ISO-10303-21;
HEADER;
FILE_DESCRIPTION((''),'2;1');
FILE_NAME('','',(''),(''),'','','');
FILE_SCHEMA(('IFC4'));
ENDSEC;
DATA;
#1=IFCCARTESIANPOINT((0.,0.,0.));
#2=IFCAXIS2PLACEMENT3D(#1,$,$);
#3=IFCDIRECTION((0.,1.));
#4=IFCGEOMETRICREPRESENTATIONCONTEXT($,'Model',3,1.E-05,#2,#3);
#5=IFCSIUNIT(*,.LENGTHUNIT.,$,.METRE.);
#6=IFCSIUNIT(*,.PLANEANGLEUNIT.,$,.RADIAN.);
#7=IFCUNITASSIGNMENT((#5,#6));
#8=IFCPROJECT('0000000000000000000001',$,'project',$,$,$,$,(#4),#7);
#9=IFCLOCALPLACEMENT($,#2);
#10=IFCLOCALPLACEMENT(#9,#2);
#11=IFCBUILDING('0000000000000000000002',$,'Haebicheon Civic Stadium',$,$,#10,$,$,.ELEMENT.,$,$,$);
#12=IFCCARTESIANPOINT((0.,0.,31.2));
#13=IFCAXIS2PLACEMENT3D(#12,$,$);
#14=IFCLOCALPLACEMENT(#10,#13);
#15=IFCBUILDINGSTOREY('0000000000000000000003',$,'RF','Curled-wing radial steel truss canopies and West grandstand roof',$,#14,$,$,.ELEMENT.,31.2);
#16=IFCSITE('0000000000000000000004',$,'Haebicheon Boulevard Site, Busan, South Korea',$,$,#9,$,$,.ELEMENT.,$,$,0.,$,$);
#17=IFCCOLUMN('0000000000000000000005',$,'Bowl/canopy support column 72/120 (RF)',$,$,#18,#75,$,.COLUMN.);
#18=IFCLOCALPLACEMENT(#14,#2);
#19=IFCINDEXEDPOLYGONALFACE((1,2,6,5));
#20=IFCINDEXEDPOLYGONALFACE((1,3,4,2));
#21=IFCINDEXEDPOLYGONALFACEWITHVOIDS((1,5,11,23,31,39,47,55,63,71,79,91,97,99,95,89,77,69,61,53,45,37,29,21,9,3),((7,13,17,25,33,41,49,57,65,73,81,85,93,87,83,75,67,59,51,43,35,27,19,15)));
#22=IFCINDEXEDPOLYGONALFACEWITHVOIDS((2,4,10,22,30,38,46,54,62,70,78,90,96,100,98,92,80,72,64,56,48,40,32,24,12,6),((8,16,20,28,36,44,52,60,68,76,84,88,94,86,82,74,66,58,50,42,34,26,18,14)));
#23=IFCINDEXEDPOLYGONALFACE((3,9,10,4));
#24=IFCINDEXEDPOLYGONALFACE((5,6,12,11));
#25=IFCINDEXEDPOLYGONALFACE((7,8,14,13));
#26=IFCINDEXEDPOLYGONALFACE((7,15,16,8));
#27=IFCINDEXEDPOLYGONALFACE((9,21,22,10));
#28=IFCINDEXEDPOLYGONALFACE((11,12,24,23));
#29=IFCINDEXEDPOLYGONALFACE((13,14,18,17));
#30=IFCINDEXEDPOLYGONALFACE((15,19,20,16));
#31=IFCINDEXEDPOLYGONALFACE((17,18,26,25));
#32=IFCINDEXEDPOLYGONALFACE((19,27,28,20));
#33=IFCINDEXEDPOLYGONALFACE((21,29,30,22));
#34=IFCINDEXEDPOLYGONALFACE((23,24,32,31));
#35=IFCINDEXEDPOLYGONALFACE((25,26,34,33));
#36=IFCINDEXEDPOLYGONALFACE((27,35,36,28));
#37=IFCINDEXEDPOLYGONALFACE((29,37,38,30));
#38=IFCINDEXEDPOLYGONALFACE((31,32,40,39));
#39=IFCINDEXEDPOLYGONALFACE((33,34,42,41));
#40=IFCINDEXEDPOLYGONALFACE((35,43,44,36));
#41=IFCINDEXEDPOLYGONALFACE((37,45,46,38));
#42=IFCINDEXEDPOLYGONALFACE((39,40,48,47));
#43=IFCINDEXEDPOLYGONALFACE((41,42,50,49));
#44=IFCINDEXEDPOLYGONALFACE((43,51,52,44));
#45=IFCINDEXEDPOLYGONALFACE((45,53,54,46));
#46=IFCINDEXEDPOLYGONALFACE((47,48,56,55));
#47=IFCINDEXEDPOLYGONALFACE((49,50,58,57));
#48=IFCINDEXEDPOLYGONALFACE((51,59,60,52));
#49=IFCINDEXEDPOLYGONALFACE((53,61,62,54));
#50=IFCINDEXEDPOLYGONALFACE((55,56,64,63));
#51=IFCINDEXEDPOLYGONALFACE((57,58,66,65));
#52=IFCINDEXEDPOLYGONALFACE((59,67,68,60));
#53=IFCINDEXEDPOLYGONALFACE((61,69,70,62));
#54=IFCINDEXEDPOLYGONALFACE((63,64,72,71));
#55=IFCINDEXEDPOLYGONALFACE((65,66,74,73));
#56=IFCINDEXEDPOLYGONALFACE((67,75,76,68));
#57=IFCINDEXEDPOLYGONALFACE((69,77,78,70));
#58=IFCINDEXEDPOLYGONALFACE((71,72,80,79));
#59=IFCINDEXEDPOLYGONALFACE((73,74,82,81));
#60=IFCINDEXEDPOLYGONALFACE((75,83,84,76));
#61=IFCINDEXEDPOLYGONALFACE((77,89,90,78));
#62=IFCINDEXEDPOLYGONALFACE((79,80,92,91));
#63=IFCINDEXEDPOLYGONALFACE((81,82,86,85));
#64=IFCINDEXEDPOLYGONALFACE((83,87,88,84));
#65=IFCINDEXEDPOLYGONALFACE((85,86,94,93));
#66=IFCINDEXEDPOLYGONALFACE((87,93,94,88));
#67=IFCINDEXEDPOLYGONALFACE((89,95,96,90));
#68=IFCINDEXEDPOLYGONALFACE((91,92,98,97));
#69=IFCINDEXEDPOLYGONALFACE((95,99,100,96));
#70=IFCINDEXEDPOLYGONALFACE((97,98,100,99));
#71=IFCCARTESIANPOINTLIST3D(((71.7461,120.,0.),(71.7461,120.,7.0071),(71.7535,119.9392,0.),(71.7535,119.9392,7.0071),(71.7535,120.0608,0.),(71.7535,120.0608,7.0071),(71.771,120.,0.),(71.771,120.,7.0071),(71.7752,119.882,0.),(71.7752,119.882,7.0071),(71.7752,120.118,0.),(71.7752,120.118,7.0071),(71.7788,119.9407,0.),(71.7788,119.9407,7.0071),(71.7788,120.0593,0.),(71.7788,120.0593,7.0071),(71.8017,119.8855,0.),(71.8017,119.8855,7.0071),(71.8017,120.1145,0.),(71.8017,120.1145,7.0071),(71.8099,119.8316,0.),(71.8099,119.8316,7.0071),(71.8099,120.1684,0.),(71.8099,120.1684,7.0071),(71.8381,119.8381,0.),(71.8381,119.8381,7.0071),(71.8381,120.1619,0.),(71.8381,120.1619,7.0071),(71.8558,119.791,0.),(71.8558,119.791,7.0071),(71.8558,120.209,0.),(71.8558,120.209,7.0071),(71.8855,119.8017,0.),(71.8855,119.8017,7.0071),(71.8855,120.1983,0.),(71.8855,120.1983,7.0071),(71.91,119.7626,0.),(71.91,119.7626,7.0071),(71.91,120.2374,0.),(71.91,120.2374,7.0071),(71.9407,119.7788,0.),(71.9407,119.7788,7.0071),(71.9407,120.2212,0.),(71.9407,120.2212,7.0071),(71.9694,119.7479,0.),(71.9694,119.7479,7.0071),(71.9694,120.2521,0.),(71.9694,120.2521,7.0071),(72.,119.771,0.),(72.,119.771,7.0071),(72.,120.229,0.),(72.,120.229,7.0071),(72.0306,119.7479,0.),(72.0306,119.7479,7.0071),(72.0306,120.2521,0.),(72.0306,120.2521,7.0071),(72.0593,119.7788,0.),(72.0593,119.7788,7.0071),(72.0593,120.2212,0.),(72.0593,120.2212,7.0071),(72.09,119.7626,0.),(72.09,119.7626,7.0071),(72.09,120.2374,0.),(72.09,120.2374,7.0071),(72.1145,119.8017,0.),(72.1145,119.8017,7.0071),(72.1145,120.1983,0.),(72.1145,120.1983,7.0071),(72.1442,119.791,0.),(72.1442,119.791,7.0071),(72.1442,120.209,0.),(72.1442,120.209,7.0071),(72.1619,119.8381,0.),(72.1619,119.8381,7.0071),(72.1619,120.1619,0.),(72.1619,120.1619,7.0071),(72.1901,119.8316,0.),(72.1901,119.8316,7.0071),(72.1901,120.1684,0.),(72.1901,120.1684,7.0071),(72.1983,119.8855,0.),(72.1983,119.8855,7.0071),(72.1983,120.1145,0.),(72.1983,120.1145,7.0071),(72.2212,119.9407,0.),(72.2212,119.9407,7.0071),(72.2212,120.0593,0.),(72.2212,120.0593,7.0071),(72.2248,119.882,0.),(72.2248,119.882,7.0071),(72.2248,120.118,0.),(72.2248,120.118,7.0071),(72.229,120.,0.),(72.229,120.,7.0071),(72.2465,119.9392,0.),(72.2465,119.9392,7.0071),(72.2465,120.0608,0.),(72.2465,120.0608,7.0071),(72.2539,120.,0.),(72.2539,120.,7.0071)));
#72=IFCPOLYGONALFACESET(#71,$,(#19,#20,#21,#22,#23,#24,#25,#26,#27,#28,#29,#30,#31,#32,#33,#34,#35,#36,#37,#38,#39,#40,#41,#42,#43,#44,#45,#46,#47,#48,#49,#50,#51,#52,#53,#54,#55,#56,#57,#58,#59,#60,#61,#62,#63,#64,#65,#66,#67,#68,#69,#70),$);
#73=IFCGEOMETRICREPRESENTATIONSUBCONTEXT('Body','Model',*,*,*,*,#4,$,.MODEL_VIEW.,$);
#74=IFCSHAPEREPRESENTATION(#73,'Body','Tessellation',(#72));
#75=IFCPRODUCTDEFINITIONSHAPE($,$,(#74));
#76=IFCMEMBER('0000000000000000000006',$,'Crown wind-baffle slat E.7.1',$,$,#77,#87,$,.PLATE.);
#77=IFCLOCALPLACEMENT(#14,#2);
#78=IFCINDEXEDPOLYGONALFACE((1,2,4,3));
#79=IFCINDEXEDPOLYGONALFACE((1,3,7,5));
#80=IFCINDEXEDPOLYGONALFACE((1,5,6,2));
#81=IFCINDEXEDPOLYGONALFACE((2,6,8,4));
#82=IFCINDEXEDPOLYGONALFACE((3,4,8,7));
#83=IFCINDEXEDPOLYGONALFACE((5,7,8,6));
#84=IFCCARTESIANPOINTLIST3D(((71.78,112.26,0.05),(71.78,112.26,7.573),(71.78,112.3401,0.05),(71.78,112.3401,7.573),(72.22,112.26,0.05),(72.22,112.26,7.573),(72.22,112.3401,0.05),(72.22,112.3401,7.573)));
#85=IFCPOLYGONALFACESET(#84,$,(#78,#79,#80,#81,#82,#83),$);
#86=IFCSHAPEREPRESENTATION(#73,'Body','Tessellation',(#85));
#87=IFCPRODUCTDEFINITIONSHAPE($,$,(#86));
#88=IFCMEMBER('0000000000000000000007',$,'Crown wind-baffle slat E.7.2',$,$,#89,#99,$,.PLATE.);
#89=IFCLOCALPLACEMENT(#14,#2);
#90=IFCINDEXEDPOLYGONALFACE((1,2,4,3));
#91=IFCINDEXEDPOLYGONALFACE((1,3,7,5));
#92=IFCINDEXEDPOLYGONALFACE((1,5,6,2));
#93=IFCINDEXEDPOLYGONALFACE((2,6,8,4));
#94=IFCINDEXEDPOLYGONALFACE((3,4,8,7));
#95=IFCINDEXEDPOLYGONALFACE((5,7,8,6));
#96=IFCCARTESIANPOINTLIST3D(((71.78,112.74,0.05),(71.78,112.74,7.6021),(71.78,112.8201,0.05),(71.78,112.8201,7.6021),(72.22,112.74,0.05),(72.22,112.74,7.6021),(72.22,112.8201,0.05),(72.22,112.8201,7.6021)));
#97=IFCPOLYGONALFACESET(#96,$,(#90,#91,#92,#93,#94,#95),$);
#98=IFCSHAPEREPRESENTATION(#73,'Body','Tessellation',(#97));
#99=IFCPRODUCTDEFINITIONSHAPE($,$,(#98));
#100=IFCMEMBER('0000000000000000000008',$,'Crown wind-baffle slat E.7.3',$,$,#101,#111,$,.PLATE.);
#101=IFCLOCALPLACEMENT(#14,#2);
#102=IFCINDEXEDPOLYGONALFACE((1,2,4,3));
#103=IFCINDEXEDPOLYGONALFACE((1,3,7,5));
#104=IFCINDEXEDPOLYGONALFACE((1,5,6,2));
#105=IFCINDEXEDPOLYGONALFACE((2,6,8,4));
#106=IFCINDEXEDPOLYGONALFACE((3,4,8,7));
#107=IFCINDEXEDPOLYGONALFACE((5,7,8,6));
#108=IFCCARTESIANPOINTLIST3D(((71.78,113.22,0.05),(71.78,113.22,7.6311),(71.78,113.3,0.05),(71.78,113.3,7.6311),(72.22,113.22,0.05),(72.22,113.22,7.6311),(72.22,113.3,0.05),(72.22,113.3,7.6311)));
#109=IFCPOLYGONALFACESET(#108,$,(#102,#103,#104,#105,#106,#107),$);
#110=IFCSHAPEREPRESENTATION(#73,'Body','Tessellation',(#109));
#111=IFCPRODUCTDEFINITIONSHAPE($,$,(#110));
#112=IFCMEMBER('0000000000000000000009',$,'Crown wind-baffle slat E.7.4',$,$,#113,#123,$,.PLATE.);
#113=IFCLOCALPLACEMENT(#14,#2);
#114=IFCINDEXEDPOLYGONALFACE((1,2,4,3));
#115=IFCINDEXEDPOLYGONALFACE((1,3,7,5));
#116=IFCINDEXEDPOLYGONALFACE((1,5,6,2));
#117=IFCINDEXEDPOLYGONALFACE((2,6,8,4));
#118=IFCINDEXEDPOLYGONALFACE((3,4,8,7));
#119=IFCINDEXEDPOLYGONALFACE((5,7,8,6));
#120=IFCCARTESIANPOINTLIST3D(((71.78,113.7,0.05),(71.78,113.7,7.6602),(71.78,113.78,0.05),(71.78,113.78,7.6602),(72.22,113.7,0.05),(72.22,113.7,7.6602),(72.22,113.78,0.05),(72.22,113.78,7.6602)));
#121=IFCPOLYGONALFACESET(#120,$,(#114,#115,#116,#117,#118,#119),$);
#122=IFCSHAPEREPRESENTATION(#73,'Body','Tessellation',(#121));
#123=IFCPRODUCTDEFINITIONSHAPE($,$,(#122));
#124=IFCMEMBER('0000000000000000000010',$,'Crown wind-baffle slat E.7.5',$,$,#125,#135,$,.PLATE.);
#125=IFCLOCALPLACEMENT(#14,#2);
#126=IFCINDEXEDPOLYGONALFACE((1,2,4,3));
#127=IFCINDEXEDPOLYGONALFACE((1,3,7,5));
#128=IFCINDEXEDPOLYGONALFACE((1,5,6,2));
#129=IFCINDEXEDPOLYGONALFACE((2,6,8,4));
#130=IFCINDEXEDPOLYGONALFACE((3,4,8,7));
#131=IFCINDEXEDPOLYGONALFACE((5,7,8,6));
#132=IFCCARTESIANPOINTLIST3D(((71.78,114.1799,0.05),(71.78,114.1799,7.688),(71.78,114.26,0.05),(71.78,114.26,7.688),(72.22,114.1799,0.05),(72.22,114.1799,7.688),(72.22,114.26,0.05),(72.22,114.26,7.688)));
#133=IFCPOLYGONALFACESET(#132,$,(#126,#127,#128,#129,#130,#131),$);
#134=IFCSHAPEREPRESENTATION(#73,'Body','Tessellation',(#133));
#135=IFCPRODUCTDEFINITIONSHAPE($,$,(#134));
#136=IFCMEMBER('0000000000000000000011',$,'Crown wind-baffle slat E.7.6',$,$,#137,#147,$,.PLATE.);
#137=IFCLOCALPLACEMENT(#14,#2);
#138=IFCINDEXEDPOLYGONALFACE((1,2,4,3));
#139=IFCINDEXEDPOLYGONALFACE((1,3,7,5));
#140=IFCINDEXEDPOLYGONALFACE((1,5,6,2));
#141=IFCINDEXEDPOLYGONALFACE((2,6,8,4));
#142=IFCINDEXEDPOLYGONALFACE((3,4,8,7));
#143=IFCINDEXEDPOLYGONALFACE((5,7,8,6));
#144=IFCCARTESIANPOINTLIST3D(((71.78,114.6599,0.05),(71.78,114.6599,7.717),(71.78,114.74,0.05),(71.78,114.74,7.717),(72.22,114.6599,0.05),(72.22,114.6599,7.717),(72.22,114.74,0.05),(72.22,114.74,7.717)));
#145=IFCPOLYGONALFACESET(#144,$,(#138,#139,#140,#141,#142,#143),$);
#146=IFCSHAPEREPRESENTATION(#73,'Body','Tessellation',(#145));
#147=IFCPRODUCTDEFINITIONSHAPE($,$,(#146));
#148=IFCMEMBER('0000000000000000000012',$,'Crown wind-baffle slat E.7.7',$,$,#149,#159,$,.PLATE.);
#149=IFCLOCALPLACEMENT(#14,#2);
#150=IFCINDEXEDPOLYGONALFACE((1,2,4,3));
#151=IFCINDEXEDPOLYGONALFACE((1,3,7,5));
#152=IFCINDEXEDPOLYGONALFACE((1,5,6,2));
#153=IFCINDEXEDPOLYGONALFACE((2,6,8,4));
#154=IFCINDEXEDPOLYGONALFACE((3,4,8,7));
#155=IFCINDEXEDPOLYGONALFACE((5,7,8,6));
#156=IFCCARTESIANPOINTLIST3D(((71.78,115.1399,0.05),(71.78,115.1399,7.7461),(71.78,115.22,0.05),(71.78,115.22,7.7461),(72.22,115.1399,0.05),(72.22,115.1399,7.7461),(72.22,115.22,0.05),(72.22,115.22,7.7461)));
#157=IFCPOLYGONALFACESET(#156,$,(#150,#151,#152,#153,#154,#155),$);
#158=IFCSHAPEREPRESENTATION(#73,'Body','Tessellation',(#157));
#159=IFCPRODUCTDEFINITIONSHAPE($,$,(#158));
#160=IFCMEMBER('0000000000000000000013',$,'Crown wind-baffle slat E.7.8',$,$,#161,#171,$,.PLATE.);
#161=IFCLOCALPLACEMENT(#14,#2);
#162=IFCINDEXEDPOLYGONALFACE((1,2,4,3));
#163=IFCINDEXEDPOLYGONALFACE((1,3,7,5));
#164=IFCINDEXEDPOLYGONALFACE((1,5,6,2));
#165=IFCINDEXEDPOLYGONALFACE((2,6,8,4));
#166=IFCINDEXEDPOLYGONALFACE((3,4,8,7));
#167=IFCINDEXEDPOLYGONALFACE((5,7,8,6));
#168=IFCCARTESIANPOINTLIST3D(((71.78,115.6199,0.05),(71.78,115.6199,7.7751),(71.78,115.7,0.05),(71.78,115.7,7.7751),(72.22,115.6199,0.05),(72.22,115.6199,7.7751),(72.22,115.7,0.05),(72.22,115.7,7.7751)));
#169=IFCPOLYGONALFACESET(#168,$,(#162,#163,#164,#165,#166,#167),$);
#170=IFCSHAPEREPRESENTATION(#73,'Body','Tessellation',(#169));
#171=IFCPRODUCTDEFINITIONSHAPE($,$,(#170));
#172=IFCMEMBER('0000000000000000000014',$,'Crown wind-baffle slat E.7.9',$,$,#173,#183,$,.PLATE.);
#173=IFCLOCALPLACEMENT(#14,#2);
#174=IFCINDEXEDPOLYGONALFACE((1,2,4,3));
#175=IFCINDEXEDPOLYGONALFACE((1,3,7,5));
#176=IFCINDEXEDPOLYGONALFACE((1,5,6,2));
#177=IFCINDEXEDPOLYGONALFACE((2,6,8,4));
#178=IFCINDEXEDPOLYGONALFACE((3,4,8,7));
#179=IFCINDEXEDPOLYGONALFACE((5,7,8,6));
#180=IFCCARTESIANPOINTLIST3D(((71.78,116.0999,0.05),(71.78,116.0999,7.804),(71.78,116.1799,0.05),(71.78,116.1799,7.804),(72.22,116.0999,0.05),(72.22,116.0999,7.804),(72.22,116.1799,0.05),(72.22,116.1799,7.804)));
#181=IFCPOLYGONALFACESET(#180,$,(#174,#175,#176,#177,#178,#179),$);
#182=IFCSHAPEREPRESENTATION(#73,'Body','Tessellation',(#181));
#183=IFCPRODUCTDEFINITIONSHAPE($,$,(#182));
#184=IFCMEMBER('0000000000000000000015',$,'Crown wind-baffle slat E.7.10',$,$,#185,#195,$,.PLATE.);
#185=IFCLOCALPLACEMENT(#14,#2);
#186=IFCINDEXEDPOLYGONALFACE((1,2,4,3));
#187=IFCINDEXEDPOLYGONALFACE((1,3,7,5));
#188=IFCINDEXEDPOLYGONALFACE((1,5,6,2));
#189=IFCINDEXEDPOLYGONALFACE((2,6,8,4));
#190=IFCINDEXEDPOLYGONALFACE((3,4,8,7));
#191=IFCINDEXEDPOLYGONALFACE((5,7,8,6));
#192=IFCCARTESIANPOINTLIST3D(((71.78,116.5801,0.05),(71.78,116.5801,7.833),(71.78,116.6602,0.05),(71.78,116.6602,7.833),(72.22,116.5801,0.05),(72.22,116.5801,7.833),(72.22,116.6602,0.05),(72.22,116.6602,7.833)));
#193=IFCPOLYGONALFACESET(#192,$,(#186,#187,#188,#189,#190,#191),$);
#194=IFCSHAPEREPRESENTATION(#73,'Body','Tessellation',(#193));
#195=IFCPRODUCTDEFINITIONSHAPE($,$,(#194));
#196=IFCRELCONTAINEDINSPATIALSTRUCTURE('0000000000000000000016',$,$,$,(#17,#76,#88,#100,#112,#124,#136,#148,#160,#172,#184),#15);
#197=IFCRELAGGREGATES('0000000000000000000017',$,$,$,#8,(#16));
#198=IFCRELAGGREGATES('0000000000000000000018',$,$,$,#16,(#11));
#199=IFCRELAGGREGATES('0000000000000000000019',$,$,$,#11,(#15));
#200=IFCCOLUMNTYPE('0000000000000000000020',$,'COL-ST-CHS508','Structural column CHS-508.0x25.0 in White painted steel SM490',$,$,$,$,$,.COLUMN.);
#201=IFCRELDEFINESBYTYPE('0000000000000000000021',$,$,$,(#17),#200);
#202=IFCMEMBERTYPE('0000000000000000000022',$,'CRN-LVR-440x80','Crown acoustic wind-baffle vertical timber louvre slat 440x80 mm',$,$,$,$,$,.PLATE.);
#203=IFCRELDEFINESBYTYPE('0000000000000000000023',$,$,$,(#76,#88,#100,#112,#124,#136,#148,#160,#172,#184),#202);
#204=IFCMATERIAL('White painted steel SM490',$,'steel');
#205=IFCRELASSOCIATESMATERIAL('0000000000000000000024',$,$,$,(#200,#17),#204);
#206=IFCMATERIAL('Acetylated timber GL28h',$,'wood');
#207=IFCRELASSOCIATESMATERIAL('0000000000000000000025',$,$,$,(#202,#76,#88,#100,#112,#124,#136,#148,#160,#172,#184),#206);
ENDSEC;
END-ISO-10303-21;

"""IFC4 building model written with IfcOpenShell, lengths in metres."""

from ifc_helpers import new_model, si_unit, direction, frame, origin, origin_2d, place, context, subcontext, project, spatial, rectangle, hollow_circle, extrude, material, material_profile, profile_set, type_object, element, save


model = new_model("IFC4")

# Units and contexts
model_context = context("Model", 3, precision=1e-05, world=origin(), true_north=direction((0.0, 1.0)))
body_context = subcontext(model_context, "Body", "Model", "MODEL_VIEW")
ifc_project = project(units=[si_unit("LENGTHUNIT", "METRE"), si_unit("PLANEANGLEUNIT", "RADIAN")], contexts=[model_context])

# Site, building, storey
site_placement = place(None, origin())
site = spatial("IfcSite", under=ifc_project, at=site_placement, Name="Haebicheon Boulevard Site, Busan, South Korea", CompositionType="ELEMENT", RefElevation=0.0)
building_placement = place(site_placement, origin())
building = spatial("IfcBuilding", under=site, at=building_placement, Name="Haebicheon Civic Stadium", CompositionType="ELEMENT")
storey_placement = place(building_placement, frame((0.0, 0.0, 31.2)))
storey = spatial("IfcBuildingStorey", under=building, at=storey_placement, Name="RF", Description="Curled-wing radial steel truss canopies and West grandstand roof", CompositionType="ELEMENT", Elevation=31.2)

# Column
ifc_material_1 = material(Name="White painted steel SM490", Category="steel")
ifc_material_profile_1 = material_profile(ifc_material_1, hollow_circle(Radius=0.2539, WallThickness=0.0249, at=origin_2d()), Name="CHS-508.0x25.0")
ifc_profile_set_1 = profile_set([ifc_material_profile_1], Name="White painted steel SM490")
column_type = type_object("IfcColumnType", Name="COL-ST-CHS508", Description="Structural column CHS-508.0x25.0 in White painted steel SM490", PredefinedType="COLUMN", material=ifc_profile_set_1)
column_placement = place(storey_placement, frame((72.0, 120.0, 0.0), z_axis=(0.0, 0.0, 1.0), x_axis=(1.0, 0.0, 0.0)))
element("IfcColumn", 1, at=column_placement, inside=storey, type_object=column_type, material=ifc_profile_set_1, Name="Bowl/canopy support column 72/120 (RF)", PredefinedType="COLUMN", context=body_context, shape_type="SweptSolid", body=[
    extrude(hollow_circle(Radius=0.2539, WallThickness=0.0249, at=origin_2d()), origin(), (0.0, 0.0, 1.0), 7.0071),
])

# Members
ifc_material_2 = material(Name="Acetylated timber GL28h", Category="wood")
ifc_material_profile_2 = material_profile(ifc_material_2, rectangle(XDim=0.0801, YDim=0.4399, at=origin_2d()), Name="TMB-LOUV-80x440")
ifc_profile_set_2 = profile_set([ifc_material_profile_2], Name="Acetylated timber GL28h")
member_type_1 = type_object("IfcMemberType", Name="CRN-LVR-440x80", Description="Crown acoustic wind-baffle vertical timber louvre slat 440x80 mm", PredefinedType="PLATE", material=ifc_profile_set_2)
member_1_placement = place(storey_placement, frame((72.0, 112.3, 0.05), z_axis=(0.0, 0.0, 1.0), x_axis=(0.0, 1.0, 0.0)))
element("IfcMember", 2, at=member_1_placement, inside=storey, type_object=member_type_1, material=ifc_profile_set_2, Name="Crown wind-baffle slat E.7.1", PredefinedType="PLATE", context=body_context, shape_type="SweptSolid", body=[
    extrude(rectangle(XDim=0.0801, YDim=0.4399, at=origin_2d()), origin(), (0.0, 0.0, 1.0), 7.5229),
])
member_2_placement = place(storey_placement, frame((72.0, 112.78, 0.05), z_axis=(0.0, 0.0, 1.0), x_axis=(0.0, 1.0, 0.0)))
element("IfcMember", 3, at=member_2_placement, inside=storey, type_object=member_type_1, material=ifc_profile_set_2, Name="Crown wind-baffle slat E.7.2", PredefinedType="PLATE", context=body_context, shape_type="SweptSolid", body=[
    extrude(rectangle(XDim=0.0801, YDim=0.4399, at=origin_2d()), origin(), (0.0, 0.0, 1.0), 7.552),
])
member_3_placement = place(storey_placement, frame((72.0, 113.26, 0.05), z_axis=(0.0, 0.0, 1.0), x_axis=(0.0, 1.0, 0.0)))
element("IfcMember", 4, at=member_3_placement, inside=storey, type_object=member_type_1, material=ifc_profile_set_2, Name="Crown wind-baffle slat E.7.3", PredefinedType="PLATE", context=body_context, shape_type="SweptSolid", body=[
    extrude(rectangle(XDim=0.0801, YDim=0.4399, at=origin_2d()), origin(), (0.0, 0.0, 1.0), 7.5811),
])
member_4_placement = place(storey_placement, frame((72.0, 113.74, 0.05), z_axis=(0.0, 0.0, 1.0), x_axis=(0.0, 1.0, 0.0)))
element("IfcMember", 5, at=member_4_placement, inside=storey, type_object=member_type_1, material=ifc_profile_set_2, Name="Crown wind-baffle slat E.7.4", PredefinedType="PLATE", context=body_context, shape_type="SweptSolid", body=[
    extrude(rectangle(XDim=0.0801, YDim=0.4399, at=origin_2d()), origin(), (0.0, 0.0, 1.0), 7.6101),
])
member_5_placement = place(storey_placement, frame((72.0, 114.22, 0.05), z_axis=(0.0, 0.0, 1.0), x_axis=(0.0, 1.0, 0.0)))
element("IfcMember", 6, at=member_5_placement, inside=storey, type_object=member_type_1, material=ifc_profile_set_2, Name="Crown wind-baffle slat E.7.5", PredefinedType="PLATE", context=body_context, shape_type="SweptSolid", body=[
    extrude(rectangle(XDim=0.0801, YDim=0.4399, at=origin_2d()), origin(), (0.0, 0.0, 1.0), 7.6379),
])
member_6_placement = place(storey_placement, frame((72.0, 114.7, 0.05), z_axis=(0.0, 0.0, 1.0), x_axis=(0.0, 1.0, 0.0)))
element("IfcMember", 7, at=member_6_placement, inside=storey, type_object=member_type_1, material=ifc_profile_set_2, Name="Crown wind-baffle slat E.7.6", PredefinedType="PLATE", context=body_context, shape_type="SweptSolid", body=[
    extrude(rectangle(XDim=0.0801, YDim=0.4399, at=origin_2d()), origin(), (0.0, 0.0, 1.0), 7.667),
])
member_7_placement = place(storey_placement, frame((72.0, 115.1799, 0.05), z_axis=(0.0, 0.0, 1.0), x_axis=(0.0, 1.0, 0.0)))
element("IfcMember", 8, at=member_7_placement, inside=storey, type_object=member_type_1, material=ifc_profile_set_2, Name="Crown wind-baffle slat E.7.7", PredefinedType="PLATE", context=body_context, shape_type="SweptSolid", body=[
    extrude(rectangle(XDim=0.0801, YDim=0.4399, at=origin_2d()), origin(), (0.0, 0.0, 1.0), 7.696),
])
member_8_placement = place(storey_placement, frame((72.0, 115.6599, 0.05), z_axis=(0.0, 0.0, 1.0), x_axis=(0.0, 1.0, 0.0)))
element("IfcMember", 9, at=member_8_placement, inside=storey, type_object=member_type_1, material=ifc_profile_set_2, Name="Crown wind-baffle slat E.7.8", PredefinedType="PLATE", context=body_context, shape_type="SweptSolid", body=[
    extrude(rectangle(XDim=0.0801, YDim=0.4399, at=origin_2d()), origin(), (0.0, 0.0, 1.0), 7.7251),
])
member_9_placement = place(storey_placement, frame((72.0, 116.1399, 0.05), z_axis=(0.0, 0.0, 1.0), x_axis=(0.0, 1.0, 0.0)))
element("IfcMember", 10, at=member_9_placement, inside=storey, type_object=member_type_1, material=ifc_profile_set_2, Name="Crown wind-baffle slat E.7.9", PredefinedType="PLATE", context=body_context, shape_type="SweptSolid", body=[
    extrude(rectangle(XDim=0.0801, YDim=0.4399, at=origin_2d()), origin(), (0.0, 0.0, 1.0), 7.7539),
])
member_10_placement = place(storey_placement, frame((72.0, 116.6201, 0.05), z_axis=(0.0, 0.0, 1.0), x_axis=(0.0, 1.0, 0.0)))
element("IfcMember", 11, at=member_10_placement, inside=storey, type_object=member_type_1, material=ifc_profile_set_2, Name="Crown wind-baffle slat E.7.10", PredefinedType="PLATE", context=body_context, shape_type="SweptSolid", body=[
    extrude(rectangle(XDim=0.0801, YDim=0.4399, at=origin_2d()), origin(), (0.0, 0.0, 1.0), 7.783),
])

save(model, "model.ifc")
